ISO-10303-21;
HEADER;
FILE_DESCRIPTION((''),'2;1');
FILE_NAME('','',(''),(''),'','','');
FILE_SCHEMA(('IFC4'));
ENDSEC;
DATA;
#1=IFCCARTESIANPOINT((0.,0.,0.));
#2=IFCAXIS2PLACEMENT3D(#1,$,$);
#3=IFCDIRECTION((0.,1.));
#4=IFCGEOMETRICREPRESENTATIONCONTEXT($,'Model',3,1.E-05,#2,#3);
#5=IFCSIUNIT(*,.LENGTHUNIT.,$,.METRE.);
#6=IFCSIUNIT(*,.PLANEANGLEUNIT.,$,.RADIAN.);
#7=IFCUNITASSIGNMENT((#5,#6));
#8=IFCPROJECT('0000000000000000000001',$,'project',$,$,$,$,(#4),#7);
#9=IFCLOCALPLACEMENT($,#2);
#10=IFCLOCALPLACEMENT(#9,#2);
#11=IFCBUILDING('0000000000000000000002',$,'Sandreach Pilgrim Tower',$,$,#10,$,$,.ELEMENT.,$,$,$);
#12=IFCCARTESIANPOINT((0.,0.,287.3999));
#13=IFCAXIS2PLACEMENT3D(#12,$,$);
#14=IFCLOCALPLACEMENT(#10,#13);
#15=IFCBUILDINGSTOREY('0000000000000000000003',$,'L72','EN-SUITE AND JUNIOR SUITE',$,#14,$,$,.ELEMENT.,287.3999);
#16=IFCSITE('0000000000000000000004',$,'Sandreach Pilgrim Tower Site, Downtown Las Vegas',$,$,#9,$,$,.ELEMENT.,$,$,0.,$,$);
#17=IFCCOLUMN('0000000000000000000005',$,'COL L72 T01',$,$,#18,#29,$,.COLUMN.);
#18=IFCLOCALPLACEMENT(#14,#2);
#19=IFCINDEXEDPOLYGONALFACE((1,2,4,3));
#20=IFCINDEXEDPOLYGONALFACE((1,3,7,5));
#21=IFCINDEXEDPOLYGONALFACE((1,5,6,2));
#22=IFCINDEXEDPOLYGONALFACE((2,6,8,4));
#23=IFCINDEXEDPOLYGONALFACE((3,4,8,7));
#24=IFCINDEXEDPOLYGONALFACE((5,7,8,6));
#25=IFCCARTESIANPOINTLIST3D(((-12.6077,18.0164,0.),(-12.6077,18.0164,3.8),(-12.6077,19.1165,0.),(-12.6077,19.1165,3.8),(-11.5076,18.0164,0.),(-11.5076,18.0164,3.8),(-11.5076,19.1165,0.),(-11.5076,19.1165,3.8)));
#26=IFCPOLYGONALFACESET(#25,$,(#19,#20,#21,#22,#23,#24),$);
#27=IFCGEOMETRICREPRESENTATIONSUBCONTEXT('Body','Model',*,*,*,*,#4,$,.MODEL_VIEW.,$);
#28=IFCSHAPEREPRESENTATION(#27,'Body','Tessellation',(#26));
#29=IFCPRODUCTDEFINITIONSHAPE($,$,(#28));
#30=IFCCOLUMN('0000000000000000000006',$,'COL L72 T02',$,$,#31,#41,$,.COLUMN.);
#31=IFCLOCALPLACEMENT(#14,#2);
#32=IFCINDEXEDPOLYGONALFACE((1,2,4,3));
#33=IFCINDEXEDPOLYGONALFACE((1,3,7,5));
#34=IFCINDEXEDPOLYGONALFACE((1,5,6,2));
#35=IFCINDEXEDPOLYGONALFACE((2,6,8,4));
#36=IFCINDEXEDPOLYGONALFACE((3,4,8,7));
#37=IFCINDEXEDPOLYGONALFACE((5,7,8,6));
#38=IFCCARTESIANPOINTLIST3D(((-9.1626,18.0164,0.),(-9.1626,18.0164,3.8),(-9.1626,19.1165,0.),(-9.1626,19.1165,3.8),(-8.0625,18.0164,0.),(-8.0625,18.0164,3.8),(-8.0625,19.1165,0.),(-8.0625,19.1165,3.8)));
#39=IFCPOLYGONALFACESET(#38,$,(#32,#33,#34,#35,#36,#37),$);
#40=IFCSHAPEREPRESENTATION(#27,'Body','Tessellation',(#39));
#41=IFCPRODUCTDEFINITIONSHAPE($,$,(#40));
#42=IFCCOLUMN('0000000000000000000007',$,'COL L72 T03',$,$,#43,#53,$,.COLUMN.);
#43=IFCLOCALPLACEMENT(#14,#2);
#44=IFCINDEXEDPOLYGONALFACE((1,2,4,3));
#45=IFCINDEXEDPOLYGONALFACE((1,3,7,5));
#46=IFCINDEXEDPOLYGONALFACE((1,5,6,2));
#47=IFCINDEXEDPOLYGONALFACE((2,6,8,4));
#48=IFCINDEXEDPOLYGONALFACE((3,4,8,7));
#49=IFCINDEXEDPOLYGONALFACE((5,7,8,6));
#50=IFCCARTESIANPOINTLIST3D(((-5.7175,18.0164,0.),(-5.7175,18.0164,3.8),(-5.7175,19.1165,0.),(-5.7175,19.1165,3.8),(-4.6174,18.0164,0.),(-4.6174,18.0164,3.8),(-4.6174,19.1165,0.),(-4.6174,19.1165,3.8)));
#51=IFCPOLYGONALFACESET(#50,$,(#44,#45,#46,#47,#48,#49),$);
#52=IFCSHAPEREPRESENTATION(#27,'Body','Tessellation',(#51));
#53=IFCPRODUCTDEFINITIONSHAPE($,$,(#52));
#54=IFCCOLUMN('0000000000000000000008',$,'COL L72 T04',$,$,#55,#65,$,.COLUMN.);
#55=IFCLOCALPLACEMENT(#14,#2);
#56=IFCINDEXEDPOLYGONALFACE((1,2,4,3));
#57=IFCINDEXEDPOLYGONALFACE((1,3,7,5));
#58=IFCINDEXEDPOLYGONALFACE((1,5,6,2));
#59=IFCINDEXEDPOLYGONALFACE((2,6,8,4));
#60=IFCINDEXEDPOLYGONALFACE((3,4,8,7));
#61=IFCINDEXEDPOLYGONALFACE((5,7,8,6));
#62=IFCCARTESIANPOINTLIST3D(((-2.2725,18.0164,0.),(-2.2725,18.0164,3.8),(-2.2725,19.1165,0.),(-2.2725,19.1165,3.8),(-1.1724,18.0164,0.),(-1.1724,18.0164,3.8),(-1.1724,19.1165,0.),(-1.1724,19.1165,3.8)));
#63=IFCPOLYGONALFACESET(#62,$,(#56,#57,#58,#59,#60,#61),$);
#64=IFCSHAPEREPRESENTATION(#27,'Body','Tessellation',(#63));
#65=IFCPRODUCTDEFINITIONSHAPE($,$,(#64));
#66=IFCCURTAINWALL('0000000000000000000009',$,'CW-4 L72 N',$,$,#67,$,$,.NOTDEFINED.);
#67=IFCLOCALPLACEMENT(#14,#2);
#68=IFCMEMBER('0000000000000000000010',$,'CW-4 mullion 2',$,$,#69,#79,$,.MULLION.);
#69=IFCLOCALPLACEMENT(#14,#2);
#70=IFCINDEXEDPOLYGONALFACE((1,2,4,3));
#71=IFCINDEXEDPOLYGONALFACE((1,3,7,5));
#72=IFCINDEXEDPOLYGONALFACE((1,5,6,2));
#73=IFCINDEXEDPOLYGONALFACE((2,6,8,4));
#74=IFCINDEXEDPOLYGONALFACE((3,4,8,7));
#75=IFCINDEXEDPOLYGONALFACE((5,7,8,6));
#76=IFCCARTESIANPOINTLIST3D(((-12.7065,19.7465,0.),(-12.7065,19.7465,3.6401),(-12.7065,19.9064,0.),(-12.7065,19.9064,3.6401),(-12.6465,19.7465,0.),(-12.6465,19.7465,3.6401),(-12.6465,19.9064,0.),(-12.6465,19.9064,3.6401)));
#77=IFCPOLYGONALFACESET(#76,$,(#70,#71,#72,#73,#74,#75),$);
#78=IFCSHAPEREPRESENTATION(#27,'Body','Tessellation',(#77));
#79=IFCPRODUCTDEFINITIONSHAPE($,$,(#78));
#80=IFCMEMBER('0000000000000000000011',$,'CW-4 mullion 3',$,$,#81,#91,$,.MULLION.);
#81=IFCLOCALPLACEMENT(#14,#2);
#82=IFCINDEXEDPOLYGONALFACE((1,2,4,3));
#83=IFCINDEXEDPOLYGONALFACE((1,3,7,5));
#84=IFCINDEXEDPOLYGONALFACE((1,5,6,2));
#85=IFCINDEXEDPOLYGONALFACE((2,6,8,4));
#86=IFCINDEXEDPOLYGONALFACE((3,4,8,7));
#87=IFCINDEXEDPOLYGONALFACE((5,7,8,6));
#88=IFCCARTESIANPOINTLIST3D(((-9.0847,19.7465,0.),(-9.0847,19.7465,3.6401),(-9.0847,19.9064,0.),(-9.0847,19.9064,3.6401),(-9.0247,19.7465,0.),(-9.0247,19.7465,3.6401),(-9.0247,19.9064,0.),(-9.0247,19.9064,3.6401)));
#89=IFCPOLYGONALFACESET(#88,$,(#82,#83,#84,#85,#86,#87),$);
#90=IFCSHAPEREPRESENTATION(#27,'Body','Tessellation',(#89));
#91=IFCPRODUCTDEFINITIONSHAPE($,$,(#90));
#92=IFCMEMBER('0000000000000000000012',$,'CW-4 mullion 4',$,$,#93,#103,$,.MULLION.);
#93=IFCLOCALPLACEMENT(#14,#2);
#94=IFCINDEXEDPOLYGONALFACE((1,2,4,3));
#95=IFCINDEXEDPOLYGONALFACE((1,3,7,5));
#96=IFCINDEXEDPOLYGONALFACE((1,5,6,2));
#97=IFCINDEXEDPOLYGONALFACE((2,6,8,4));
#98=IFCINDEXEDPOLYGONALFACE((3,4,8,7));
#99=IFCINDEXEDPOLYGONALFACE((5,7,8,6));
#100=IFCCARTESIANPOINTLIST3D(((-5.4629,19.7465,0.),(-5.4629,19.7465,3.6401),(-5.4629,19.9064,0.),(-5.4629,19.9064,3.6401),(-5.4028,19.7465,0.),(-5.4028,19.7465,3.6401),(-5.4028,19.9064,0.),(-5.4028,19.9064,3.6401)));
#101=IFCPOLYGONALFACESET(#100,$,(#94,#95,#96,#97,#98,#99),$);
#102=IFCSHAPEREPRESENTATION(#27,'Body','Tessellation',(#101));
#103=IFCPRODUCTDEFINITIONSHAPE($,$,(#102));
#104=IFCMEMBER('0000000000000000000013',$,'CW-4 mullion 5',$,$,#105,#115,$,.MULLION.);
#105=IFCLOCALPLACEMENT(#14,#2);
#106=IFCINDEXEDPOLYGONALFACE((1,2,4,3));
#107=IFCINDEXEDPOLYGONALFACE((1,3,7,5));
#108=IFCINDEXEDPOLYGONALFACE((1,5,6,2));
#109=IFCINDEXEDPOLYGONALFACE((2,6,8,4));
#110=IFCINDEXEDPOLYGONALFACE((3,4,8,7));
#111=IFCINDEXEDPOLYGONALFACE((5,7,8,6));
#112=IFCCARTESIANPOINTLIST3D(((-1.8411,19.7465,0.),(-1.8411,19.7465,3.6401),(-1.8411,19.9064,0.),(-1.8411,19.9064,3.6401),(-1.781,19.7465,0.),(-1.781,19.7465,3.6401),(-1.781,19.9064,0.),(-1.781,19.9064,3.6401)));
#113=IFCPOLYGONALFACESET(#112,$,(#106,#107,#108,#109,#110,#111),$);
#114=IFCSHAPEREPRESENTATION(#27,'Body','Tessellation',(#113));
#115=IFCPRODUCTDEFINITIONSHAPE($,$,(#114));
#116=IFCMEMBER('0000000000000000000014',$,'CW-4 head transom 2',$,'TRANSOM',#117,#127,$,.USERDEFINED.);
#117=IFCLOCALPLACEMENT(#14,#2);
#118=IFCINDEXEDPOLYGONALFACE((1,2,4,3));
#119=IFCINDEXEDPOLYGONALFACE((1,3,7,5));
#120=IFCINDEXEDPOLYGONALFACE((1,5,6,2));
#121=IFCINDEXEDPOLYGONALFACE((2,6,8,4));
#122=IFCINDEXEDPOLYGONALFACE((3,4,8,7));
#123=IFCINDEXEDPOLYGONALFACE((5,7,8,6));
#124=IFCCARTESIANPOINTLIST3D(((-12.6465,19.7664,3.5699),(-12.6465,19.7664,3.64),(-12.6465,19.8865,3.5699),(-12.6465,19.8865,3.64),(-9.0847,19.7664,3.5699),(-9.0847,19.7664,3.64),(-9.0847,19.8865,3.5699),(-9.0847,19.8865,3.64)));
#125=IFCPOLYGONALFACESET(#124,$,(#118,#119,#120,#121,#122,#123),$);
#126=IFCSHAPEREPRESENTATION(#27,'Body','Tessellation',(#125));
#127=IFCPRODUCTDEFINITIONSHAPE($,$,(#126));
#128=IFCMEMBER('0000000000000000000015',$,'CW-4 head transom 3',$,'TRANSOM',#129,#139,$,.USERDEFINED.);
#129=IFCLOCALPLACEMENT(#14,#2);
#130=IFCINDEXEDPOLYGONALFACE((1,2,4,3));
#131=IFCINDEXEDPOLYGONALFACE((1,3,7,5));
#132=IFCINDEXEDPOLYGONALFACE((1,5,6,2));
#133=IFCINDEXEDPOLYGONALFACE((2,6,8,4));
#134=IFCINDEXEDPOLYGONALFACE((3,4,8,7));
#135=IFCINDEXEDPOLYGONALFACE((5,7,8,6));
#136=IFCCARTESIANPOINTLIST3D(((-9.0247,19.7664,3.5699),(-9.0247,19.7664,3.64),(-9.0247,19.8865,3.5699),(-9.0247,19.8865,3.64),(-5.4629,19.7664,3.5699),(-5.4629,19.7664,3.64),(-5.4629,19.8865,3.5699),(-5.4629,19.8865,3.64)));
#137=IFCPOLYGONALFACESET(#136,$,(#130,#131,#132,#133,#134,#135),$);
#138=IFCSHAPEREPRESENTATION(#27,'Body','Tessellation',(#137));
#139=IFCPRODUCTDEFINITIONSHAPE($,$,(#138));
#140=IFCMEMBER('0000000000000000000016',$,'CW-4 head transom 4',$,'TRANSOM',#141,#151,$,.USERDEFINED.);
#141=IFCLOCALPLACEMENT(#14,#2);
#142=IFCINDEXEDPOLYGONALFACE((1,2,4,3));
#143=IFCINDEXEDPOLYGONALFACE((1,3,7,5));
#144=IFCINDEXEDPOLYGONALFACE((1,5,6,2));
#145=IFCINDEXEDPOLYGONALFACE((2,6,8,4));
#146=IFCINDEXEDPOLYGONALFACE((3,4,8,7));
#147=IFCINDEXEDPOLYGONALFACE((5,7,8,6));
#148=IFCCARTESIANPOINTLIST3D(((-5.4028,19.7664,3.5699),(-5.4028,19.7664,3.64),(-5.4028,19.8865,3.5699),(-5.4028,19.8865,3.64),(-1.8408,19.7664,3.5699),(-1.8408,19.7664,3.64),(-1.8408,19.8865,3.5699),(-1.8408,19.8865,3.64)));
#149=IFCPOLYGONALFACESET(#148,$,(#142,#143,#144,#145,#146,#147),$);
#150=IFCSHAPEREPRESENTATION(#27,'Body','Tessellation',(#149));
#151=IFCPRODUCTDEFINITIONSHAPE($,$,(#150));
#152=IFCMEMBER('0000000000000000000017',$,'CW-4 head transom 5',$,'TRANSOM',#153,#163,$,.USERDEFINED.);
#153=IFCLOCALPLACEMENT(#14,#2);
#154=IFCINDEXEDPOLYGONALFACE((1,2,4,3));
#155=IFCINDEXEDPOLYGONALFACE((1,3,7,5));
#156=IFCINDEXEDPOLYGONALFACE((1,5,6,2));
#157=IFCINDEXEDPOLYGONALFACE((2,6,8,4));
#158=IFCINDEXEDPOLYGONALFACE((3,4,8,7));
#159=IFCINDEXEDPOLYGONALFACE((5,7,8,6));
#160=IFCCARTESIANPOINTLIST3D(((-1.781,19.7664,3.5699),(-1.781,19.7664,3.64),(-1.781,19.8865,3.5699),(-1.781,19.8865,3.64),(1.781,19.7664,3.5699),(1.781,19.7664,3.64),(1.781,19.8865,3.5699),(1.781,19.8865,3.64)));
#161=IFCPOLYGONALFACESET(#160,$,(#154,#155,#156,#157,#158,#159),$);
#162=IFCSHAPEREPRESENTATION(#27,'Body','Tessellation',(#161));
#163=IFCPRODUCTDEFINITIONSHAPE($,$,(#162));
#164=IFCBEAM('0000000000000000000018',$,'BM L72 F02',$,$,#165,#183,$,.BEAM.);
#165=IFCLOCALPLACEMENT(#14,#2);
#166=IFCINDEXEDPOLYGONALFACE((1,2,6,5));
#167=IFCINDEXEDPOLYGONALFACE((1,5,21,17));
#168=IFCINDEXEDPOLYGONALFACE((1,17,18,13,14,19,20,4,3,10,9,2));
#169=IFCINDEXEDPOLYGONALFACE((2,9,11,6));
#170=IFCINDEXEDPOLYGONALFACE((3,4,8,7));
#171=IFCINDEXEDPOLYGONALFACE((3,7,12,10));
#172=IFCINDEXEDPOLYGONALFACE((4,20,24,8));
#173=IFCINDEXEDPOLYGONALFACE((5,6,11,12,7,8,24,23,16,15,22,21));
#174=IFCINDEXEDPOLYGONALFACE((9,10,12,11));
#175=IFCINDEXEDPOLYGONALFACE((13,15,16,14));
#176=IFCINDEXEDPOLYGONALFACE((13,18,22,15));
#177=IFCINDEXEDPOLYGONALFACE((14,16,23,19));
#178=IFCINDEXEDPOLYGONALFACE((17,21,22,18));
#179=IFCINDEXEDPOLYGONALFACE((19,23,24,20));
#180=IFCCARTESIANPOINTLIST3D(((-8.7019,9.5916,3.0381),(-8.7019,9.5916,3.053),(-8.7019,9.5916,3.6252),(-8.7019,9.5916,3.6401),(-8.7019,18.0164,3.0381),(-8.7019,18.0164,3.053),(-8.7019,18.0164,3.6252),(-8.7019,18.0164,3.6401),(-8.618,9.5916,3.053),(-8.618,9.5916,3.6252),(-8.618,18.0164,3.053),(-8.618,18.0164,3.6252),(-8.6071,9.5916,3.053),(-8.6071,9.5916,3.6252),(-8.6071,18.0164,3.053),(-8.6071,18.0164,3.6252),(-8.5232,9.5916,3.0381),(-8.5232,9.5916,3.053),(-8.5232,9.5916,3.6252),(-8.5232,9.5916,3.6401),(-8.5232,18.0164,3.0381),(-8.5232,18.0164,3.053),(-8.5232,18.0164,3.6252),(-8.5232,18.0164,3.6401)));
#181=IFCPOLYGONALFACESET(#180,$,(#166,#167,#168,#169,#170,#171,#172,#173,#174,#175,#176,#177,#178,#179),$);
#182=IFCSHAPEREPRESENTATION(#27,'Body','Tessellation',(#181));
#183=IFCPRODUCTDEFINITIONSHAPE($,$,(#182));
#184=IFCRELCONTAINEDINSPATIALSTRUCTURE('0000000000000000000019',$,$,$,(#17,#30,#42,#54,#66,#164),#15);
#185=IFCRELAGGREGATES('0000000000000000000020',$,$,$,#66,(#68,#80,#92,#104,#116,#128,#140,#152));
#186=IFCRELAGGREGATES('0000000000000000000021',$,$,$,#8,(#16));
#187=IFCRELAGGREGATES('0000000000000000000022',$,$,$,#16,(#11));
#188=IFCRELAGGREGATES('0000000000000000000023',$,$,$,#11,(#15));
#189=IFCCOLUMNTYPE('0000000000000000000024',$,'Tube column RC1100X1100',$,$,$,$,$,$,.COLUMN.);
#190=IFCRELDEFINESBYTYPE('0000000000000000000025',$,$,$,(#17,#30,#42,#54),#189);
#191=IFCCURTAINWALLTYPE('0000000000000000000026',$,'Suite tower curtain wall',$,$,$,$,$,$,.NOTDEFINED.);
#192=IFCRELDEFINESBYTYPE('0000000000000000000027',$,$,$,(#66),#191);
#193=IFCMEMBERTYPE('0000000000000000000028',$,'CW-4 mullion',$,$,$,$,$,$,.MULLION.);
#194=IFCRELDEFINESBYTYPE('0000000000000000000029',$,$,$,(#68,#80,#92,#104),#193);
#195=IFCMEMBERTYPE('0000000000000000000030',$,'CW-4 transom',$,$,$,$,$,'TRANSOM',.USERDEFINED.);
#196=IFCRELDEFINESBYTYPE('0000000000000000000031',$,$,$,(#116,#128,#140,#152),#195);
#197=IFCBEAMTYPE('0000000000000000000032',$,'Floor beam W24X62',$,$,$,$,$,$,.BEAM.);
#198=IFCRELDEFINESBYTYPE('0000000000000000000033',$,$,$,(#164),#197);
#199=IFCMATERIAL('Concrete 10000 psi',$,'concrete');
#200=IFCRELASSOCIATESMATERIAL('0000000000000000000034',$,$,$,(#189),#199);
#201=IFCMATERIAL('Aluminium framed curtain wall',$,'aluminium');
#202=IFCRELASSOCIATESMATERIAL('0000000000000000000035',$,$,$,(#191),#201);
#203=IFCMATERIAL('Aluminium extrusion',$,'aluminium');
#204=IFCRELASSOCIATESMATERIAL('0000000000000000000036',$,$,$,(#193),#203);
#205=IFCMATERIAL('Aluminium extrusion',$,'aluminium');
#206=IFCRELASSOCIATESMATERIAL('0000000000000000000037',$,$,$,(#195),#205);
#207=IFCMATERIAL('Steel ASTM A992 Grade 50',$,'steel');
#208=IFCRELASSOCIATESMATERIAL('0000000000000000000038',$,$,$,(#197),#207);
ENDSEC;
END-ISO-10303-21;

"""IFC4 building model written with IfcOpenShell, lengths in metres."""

from ifc_helpers import new_model, si_unit, direction, frame, origin, origin_2d, place, context, subcontext, project, spatial, rectangle, i_section, extrude, material, material_profile, profile_set, type_object, element, aggregate, save


model = new_model("IFC4")

# Units and contexts
model_context = context("Model", 3, precision=1e-05, world=origin(), true_north=direction((0.0, 1.0)))
body_context = subcontext(model_context, "Body", "Model", "MODEL_VIEW")
ifc_project = project(units=[si_unit("LENGTHUNIT", "METRE"), si_unit("PLANEANGLEUNIT", "RADIAN")], contexts=[model_context])

# Site, building, storey
site_placement = place(None, origin())
site = spatial("IfcSite", under=ifc_project, at=site_placement, Name="Sandreach Pilgrim Tower Site, Downtown Las Vegas", CompositionType="ELEMENT", RefElevation=0.0)
building_placement = place(site_placement, origin())
building = spatial("IfcBuilding", under=site, at=building_placement, Name="Sandreach Pilgrim Tower", CompositionType="ELEMENT")
storey_placement = place(building_placement, frame((0.0, 0.0, 287.3999)))
storey = spatial("IfcBuildingStorey", under=building, at=storey_placement, Name="L72", Description="EN-SUITE AND JUNIOR SUITE", CompositionType="ELEMENT", Elevation=287.3999)

# Columns
ifc_material_1 = material(Name="Concrete 10000 psi", Category="concrete")
ifc_material_profile_1 = material_profile(ifc_material_1, rectangle(XDim=1.1001, YDim=1.1001, at=origin_2d()), Name="RC1100X1100")
ifc_profile_set_1 = profile_set([ifc_material_profile_1], Name="Concrete 10000 psi")
column_type = type_object("IfcColumnType", Name="Tube column RC1100X1100", PredefinedType="COLUMN", material=ifc_profile_set_1)
for number, where, z_axis, x_axis, name in (
    (1, (-12.0576, 18.5664, 0.0), (0.0, 0.0, 1.0), (0.0, 1.0, 0.0), "COL L72 T01"),
    (2, (-8.6125, 18.5664, 0.0), (0.0, 0.0, 1.0), (0.0, 1.0, 0.0), "COL L72 T02"),
    (3, (-5.1675, 18.5664, 0.0), (0.0, 0.0, 1.0), (0.0, 1.0, 0.0), "COL L72 T03"),
    (4, (-1.7224, 18.5664, 0.0), (0.0, 0.0, 1.0), (0.0, 1.0, 0.0), "COL L72 T04"),
):
    element("IfcColumn", number, at=place(storey_placement, frame(where, z_axis=z_axis, x_axis=x_axis)), inside=storey, type_object=column_type, Name=name, PredefinedType="COLUMN", context=body_context, shape_type="SweptSolid", body=[
        extrude(rectangle(XDim=1.1001, YDim=1.1001, at=origin_2d()), origin(), (0.0, 0.0, 1.0), 3.8),
    ])

# Curtain wall, members
ifc_material_2 = material(Name="Aluminium framed curtain wall", Category="aluminium")
curtain_wall_type = type_object("IfcCurtainWallType", Name="Suite tower curtain wall", PredefinedType="NOTDEFINED", material=ifc_material_2)
curtain_wall_placement = place(storey_placement, origin())
curtain_wall = element("IfcCurtainWall", 5, at=curtain_wall_placement, inside=storey, type_object=curtain_wall_type, Name="CW-4 L72 N", PredefinedType="NOTDEFINED")
ifc_material_3 = material(Name="Aluminium extrusion", Category="aluminium")
ifc_material_profile_2 = material_profile(ifc_material_3, rectangle(XDim=0.0601, YDim=0.1599, at=origin_2d()), Name="CW-4M 60X160")
ifc_profile_set_2 = profile_set([ifc_material_profile_2], Name="Aluminium extrusion")
member_type_1 = type_object("IfcMemberType", Name="CW-4 mullion", PredefinedType="MULLION", material=ifc_profile_set_2)
member_1_placement = place(storey_placement, frame((-12.6765, 19.8264, 0.0), z_axis=(0.0, 0.0, 1.0), x_axis=(1.0, 0.0, 0.0)))
member_1 = element("IfcMember", 6, at=member_1_placement, type_object=member_type_1, Name="CW-4 mullion 2", PredefinedType="MULLION", context=body_context, shape_type="SweptSolid", body=[
    extrude(rectangle(XDim=0.0601, YDim=0.1599, at=origin_2d()), origin(), (0.0, 0.0, 1.0), 3.6401),
])
member_2_placement = place(storey_placement, frame((-9.0547, 19.8264, 0.0), z_axis=(0.0, 0.0, 1.0), x_axis=(1.0, 0.0, 0.0)))
member_2 = element("IfcMember", 7, at=member_2_placement, type_object=member_type_1, Name="CW-4 mullion 3", PredefinedType="MULLION", context=body_context, shape_type="SweptSolid", body=[
    extrude(rectangle(XDim=0.0601, YDim=0.1599, at=origin_2d()), origin(), (0.0, 0.0, 1.0), 3.6401),
])
member_3_placement = place(storey_placement, frame((-5.4329, 19.8264, 0.0), z_axis=(0.0, 0.0, 1.0), x_axis=(1.0, 0.0, 0.0)))
member_3 = element("IfcMember", 8, at=member_3_placement, type_object=member_type_1, Name="CW-4 mullion 4", PredefinedType="MULLION", context=body_context, shape_type="SweptSolid", body=[
    extrude(rectangle(XDim=0.0601, YDim=0.1599, at=origin_2d()), origin(), (0.0, 0.0, 1.0), 3.6401),
])
member_4_placement = place(storey_placement, frame((-1.811, 19.8264, 0.0), z_axis=(0.0, 0.0, 1.0), x_axis=(1.0, 0.0, 0.0)))
member_4 = element("IfcMember", 9, at=member_4_placement, type_object=member_type_1, Name="CW-4 mullion 5", PredefinedType="MULLION", context=body_context, shape_type="SweptSolid", body=[
    extrude(rectangle(XDim=0.0601, YDim=0.1599, at=origin_2d()), origin(), (0.0, 0.0, 1.0), 3.6401),
])
ifc_material_4 = material(Name="Aluminium extrusion", Category="aluminium")
ifc_material_profile_3 = material_profile(ifc_material_4, rectangle(XDim=0.1201, YDim=0.0701, at=origin_2d()), Name="CW-4T 120X70")
ifc_profile_set_3 = profile_set([ifc_material_profile_3], Name="Aluminium extrusion")
member_type_2 = type_object("IfcMemberType", Name="CW-4 transom", ElementType="TRANSOM", PredefinedType="USERDEFINED", material=ifc_profile_set_3)
member_5_placement = place(storey_placement, frame((-12.6465, 19.8264, 3.605), z_axis=(1.0, 0.0, 0.0), x_axis=(0.0, 1.0, 0.0)))
member_5 = element("IfcMember", 10, at=member_5_placement, type_object=member_type_2, Name="CW-4 head transom 2", ObjectType="TRANSOM", PredefinedType="USERDEFINED", context=body_context, shape_type="SweptSolid", body=[
    extrude(rectangle(XDim=0.1201, YDim=0.0701, at=origin_2d()), origin(), (0.0, 0.0, 1.0), 3.5618),
])
member_6_placement = place(storey_placement, frame((-9.0247, 19.8264, 3.605), z_axis=(1.0, 0.0, 0.0), x_axis=(0.0, 1.0, 0.0)))
member_6 = element("IfcMember", 11, at=member_6_placement, type_object=member_type_2, Name="CW-4 head transom 3", ObjectType="TRANSOM", PredefinedType="USERDEFINED", context=body_context, shape_type="SweptSolid", body=[
    extrude(rectangle(XDim=0.1201, YDim=0.0701, at=origin_2d()), origin(), (0.0, 0.0, 1.0), 3.5618),
])
member_7_placement = place(storey_placement, frame((-5.4028, 19.8264, 3.605), z_axis=(1.0, 0.0, 0.0), x_axis=(0.0, 1.0, 0.0)))
member_7 = element("IfcMember", 12, at=member_7_placement, type_object=member_type_2, Name="CW-4 head transom 4", ObjectType="TRANSOM", PredefinedType="USERDEFINED", context=body_context, shape_type="SweptSolid", body=[
    extrude(rectangle(XDim=0.1201, YDim=0.0701, at=origin_2d()), origin(), (0.0, 0.0, 1.0), 3.562),
])
member_8_placement = place(storey_placement, frame((-1.781, 19.8264, 3.605), z_axis=(1.0, 0.0, 0.0), x_axis=(0.0, 1.0, 0.0)))
member_8 = element("IfcMember", 13, at=member_8_placement, type_object=member_type_2, Name="CW-4 head transom 5", ObjectType="TRANSOM", PredefinedType="USERDEFINED", context=body_context, shape_type="SweptSolid", body=[
    extrude(rectangle(XDim=0.1201, YDim=0.0701, at=origin_2d()), origin(), (0.0, 0.0, 1.0), 3.562),
])

# Beam
ifc_material_5 = material(Name="Steel ASTM A992 Grade 50", Category="steel")
ifc_material_profile_4 = material_profile(ifc_material_5, i_section(OverallWidth=0.1787, OverallDepth=0.6021, WebThickness=0.011, FlangeThickness=0.0149, at=origin_2d()), Name="W24X62")
ifc_profile_set_4 = profile_set([ifc_material_profile_4], Name="Steel ASTM A992 Grade 50")
beam_type_1 = type_object("IfcBeamType", Name="Floor beam W24X62", PredefinedType="BEAM", material=ifc_profile_set_4)
beam_1_placement = place(storey_placement, frame((-8.6125, 18.0164, 3.3391), z_axis=(0.0, -1.0, 0.0), x_axis=(1.0, 0.0, 0.0)))
element("IfcBeam", 14, at=beam_1_placement, inside=storey, type_object=beam_type_1, Name="BM L72 F02", PredefinedType="BEAM", context=body_context, shape_type="SweptSolid", body=[
    extrude(i_section(OverallWidth=0.1787, OverallDepth=0.6021, WebThickness=0.011, FlangeThickness=0.0149, at=origin_2d()), origin(), (0.0, 0.0, 1.0), 8.4248),
])

aggregate(curtain_wall, [member_1, member_2, member_3, member_4, member_5, member_6, member_7, member_8])

save(model, "model.ifc")
